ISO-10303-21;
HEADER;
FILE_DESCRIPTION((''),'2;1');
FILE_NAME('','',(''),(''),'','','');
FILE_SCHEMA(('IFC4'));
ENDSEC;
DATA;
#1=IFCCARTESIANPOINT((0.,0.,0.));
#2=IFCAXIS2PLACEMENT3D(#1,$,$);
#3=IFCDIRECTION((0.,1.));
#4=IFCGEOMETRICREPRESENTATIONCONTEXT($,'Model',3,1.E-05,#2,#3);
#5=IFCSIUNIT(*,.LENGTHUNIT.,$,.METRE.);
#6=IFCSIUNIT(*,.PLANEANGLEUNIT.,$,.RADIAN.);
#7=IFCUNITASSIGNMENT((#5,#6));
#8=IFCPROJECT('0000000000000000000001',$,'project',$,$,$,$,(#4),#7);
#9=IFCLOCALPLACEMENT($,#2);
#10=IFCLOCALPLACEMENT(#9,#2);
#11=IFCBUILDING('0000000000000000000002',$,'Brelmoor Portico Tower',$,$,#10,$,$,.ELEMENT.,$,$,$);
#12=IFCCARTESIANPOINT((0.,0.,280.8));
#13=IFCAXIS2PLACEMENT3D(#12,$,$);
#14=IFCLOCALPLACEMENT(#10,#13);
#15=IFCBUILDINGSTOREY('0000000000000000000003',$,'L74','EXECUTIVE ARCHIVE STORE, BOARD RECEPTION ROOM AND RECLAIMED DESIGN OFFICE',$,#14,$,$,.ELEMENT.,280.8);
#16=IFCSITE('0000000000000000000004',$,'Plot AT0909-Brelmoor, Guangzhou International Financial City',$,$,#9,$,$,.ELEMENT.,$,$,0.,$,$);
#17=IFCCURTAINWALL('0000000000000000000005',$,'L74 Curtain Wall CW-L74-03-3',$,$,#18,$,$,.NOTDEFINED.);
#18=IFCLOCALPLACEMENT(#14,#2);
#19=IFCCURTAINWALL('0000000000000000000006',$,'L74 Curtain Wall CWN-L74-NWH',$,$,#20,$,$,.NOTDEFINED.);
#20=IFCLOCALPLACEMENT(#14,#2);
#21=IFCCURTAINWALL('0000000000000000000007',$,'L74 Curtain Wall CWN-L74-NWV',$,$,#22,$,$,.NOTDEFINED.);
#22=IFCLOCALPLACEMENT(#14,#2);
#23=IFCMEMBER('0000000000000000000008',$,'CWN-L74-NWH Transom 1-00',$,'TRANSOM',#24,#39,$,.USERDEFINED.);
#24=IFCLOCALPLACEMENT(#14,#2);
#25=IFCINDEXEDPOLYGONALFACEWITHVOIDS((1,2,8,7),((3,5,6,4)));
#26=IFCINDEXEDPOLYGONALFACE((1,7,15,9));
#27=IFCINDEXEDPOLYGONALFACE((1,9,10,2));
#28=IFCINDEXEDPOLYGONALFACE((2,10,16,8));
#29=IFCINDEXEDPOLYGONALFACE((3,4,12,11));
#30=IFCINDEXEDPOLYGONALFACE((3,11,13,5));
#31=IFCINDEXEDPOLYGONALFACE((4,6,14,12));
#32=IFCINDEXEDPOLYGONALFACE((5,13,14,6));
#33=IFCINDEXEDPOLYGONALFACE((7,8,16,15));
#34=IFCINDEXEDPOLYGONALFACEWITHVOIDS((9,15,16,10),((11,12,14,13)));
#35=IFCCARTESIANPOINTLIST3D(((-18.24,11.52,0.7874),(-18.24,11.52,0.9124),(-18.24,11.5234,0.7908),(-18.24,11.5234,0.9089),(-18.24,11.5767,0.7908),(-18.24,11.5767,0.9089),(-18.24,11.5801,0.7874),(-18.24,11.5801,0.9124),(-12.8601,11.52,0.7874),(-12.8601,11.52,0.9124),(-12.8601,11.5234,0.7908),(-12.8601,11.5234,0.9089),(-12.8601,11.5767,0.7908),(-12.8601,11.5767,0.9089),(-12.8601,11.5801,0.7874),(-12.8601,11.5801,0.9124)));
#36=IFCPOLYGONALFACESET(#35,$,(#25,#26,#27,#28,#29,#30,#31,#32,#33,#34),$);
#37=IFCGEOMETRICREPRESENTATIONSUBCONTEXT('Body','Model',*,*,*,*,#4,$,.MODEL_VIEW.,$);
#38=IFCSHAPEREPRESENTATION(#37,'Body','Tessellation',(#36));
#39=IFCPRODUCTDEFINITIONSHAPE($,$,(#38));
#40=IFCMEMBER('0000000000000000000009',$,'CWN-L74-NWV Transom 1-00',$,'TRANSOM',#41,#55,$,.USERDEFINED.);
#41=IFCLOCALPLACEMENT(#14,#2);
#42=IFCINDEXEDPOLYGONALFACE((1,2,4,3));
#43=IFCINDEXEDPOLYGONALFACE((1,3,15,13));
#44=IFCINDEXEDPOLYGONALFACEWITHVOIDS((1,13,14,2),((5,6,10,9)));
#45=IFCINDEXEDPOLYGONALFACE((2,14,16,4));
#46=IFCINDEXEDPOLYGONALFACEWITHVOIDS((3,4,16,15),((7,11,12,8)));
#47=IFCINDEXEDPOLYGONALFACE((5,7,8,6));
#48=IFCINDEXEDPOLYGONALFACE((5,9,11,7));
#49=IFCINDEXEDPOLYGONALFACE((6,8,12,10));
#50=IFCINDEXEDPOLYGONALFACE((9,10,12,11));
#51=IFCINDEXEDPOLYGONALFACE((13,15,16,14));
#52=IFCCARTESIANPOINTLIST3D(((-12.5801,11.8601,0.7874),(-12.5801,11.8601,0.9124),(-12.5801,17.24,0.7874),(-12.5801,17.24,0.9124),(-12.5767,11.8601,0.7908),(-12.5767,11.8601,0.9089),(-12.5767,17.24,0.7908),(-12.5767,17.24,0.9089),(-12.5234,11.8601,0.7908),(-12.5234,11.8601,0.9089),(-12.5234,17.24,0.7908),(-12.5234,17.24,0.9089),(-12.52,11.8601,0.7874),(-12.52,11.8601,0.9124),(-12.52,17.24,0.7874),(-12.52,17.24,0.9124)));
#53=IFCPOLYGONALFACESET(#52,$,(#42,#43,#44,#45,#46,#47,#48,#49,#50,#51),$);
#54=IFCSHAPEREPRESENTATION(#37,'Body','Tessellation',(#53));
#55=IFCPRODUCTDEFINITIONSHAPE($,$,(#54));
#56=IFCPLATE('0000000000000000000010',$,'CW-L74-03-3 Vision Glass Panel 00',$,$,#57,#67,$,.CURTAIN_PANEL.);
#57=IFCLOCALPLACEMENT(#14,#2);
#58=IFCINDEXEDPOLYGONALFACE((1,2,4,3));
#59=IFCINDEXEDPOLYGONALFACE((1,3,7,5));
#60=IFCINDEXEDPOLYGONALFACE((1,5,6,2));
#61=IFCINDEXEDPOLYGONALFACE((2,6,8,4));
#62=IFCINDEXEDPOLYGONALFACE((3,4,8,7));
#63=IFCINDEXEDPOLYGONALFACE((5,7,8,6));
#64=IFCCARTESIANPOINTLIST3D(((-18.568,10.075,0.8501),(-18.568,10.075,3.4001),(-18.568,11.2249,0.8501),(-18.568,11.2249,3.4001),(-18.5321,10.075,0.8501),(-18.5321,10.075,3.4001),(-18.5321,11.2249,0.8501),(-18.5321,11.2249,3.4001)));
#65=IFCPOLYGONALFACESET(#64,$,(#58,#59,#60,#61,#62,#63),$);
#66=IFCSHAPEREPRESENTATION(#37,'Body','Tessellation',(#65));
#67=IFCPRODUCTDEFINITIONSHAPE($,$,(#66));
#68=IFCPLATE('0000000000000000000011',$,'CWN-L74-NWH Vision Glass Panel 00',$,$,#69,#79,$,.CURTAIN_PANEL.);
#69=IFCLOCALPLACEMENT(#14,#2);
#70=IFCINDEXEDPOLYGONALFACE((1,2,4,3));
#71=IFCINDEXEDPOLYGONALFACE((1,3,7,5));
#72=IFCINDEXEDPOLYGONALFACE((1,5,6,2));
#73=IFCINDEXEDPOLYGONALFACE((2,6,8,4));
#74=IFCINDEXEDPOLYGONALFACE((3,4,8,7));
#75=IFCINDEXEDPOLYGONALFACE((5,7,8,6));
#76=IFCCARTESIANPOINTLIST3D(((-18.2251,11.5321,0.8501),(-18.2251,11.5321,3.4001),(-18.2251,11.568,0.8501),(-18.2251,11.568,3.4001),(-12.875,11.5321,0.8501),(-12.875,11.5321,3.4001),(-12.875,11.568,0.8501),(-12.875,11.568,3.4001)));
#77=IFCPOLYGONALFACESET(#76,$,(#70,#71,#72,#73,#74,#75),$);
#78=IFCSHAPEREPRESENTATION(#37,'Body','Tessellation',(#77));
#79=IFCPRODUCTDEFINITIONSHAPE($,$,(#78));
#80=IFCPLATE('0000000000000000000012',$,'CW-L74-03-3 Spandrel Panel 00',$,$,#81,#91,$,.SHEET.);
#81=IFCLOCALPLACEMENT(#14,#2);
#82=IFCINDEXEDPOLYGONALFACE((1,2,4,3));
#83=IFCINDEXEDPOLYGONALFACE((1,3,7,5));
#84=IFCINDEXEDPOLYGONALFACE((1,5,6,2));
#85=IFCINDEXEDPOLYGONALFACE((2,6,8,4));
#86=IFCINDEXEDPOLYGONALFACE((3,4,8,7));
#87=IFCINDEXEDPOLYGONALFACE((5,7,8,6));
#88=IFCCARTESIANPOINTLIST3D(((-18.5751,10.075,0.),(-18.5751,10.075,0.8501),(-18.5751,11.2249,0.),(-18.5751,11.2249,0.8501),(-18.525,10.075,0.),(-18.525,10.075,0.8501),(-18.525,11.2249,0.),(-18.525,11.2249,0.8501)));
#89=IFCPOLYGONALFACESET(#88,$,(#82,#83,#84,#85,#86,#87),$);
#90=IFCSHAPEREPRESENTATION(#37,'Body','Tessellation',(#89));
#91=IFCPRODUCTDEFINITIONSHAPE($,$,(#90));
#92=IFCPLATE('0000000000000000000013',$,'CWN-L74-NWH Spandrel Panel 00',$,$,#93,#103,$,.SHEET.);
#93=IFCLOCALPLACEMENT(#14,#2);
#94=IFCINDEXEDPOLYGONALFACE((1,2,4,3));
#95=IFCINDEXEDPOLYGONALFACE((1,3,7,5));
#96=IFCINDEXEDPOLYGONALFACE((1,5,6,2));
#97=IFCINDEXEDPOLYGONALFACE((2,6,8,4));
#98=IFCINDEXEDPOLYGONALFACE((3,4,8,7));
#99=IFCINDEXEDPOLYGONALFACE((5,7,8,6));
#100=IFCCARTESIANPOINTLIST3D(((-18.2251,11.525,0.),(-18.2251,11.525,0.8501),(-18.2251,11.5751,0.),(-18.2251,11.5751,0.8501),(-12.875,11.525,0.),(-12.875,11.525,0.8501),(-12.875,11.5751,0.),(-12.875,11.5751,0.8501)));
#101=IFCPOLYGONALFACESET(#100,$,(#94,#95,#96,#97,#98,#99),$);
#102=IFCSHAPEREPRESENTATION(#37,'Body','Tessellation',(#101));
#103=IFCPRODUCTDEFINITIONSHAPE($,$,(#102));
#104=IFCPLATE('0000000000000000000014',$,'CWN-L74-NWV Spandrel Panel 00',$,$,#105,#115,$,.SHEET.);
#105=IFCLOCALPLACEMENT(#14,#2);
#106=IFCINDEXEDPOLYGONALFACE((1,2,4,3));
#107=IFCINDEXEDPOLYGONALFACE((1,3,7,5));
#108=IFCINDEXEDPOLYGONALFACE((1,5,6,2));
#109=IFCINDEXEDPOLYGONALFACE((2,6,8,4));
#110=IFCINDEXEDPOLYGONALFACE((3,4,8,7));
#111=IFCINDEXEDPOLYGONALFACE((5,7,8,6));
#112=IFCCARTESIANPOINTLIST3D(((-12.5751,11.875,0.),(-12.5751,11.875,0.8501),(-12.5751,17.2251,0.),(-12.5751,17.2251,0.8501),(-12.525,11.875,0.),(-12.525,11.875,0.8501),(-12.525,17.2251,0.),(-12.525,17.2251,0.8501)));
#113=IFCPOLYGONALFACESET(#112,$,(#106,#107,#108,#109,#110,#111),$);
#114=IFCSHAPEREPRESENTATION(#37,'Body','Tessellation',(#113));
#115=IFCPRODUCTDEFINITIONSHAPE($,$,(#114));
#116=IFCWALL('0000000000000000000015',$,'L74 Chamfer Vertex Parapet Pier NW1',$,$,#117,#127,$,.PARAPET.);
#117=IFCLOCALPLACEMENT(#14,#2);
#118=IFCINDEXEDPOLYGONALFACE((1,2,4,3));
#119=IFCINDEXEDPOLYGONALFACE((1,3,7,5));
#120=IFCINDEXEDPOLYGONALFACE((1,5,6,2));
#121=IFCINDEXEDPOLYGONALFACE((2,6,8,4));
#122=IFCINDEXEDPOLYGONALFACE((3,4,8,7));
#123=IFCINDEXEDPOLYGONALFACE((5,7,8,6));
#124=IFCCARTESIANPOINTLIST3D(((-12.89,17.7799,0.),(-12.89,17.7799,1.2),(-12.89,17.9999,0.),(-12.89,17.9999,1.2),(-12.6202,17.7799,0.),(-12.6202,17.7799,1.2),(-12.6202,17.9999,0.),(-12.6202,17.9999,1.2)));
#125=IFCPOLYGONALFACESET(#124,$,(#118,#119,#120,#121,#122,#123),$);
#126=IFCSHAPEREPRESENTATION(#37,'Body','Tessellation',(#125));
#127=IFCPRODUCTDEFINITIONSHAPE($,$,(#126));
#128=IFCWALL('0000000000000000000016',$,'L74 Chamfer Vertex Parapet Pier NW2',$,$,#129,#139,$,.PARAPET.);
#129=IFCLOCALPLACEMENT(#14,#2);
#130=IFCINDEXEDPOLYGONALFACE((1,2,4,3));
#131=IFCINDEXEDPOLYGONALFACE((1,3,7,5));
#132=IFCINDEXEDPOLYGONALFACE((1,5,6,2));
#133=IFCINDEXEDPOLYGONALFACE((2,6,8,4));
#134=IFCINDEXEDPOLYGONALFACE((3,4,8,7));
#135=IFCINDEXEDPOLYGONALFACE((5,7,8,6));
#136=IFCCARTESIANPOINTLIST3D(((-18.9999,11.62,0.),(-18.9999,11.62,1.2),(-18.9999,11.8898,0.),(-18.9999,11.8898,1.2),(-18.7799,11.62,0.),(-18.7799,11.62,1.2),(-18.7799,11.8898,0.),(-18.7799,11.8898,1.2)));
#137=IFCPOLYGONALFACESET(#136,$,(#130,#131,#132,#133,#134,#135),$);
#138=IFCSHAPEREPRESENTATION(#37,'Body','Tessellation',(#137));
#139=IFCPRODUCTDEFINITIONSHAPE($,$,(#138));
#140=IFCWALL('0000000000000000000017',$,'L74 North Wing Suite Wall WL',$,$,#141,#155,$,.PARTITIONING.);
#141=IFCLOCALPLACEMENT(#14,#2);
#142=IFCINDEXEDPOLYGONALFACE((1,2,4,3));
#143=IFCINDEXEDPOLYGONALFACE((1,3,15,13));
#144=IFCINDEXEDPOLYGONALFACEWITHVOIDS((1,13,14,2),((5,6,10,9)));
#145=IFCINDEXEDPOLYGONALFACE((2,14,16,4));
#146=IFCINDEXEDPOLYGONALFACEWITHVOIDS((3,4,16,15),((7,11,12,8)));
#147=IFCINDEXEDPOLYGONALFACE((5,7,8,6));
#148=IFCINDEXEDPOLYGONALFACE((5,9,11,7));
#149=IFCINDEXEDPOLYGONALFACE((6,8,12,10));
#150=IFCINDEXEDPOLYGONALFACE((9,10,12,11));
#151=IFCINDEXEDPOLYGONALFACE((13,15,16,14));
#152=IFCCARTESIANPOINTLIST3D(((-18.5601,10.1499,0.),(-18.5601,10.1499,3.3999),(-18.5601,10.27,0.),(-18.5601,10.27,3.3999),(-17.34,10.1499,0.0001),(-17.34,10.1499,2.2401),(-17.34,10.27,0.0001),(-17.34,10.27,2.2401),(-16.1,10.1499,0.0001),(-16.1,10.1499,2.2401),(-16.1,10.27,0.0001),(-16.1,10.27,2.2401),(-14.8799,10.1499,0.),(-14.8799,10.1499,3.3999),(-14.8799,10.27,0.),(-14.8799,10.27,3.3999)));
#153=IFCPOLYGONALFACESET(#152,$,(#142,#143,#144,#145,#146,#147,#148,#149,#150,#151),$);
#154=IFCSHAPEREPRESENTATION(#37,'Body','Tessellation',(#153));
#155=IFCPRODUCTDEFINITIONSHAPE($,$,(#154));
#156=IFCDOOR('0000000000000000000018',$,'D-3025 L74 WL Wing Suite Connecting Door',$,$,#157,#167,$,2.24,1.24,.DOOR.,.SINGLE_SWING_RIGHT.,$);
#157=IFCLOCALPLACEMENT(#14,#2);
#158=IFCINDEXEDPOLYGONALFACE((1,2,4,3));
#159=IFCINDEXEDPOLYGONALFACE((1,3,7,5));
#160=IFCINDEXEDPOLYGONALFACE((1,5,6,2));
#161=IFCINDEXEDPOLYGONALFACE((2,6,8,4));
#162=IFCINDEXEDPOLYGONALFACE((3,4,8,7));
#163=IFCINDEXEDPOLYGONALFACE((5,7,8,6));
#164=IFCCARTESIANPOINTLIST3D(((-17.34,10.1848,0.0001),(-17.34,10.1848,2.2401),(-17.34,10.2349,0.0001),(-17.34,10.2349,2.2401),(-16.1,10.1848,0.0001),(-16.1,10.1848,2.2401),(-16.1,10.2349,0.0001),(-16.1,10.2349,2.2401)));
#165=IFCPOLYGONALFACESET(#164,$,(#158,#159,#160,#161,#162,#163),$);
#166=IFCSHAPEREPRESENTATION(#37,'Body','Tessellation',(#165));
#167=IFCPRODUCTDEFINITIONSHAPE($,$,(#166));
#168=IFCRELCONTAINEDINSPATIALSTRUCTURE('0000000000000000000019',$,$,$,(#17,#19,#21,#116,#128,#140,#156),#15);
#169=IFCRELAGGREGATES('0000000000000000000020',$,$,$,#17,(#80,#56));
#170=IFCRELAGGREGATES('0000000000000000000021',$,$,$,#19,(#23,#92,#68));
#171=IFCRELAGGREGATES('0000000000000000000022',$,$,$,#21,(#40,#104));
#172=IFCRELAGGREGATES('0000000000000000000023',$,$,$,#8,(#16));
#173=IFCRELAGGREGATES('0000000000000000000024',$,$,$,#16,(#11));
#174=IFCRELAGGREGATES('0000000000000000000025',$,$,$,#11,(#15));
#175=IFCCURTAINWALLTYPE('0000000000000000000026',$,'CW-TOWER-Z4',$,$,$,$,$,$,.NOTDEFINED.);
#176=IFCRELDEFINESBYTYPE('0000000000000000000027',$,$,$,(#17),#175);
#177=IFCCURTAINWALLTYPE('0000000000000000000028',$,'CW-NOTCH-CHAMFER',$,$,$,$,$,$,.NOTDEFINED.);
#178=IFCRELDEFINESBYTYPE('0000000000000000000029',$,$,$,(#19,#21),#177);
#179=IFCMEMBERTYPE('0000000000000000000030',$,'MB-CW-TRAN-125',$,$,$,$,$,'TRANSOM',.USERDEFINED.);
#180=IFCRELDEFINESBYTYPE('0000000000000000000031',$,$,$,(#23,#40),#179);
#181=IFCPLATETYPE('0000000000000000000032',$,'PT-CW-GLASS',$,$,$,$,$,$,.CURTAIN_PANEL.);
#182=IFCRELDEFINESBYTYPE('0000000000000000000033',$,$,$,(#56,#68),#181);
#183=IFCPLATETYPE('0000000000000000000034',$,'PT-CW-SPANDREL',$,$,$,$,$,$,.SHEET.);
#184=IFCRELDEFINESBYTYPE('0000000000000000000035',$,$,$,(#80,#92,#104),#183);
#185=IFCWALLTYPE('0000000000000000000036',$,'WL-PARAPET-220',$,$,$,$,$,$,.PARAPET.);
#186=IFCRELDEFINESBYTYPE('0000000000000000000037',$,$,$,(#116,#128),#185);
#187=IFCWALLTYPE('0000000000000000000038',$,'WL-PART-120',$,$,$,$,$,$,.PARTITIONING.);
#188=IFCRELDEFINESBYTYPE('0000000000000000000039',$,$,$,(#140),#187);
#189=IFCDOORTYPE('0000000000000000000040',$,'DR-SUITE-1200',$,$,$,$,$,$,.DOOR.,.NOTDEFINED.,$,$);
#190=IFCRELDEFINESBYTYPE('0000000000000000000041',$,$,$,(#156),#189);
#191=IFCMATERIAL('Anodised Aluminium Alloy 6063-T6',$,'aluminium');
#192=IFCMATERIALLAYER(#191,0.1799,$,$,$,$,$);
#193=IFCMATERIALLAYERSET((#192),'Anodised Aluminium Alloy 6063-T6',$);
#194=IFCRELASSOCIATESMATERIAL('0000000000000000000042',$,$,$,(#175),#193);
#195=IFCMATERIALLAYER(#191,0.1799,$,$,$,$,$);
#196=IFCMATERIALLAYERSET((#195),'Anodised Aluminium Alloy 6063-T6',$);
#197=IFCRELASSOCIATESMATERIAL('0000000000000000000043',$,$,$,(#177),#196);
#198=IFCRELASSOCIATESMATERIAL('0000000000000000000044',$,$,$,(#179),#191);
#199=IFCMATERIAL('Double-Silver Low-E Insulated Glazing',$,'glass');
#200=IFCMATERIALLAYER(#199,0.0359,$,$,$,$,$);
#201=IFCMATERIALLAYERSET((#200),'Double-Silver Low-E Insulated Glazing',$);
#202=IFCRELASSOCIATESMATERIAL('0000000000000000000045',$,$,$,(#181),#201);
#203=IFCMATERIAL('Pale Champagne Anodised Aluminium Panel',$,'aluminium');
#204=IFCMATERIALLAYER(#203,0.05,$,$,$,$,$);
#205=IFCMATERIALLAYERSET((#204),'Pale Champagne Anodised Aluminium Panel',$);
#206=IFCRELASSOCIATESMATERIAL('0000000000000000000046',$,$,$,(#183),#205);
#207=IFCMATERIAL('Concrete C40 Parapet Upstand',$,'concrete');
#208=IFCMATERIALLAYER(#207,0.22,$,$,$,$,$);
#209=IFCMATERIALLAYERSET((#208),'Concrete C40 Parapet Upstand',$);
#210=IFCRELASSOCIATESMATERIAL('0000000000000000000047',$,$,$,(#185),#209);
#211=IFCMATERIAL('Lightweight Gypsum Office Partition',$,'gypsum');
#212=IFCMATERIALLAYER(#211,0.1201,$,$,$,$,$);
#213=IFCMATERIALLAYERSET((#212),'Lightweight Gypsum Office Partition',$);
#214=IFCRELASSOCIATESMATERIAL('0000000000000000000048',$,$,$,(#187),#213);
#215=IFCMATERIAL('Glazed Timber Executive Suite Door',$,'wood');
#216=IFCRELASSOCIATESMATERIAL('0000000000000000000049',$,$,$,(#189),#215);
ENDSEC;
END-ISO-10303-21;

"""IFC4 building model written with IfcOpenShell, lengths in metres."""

from ifc_helpers import new_model, si_unit, direction, frame, frame_2d, origin, origin_2d, place, context, subcontext, project, spatial, rectangle, hollow_rectangle, extrude, material, layer, layer_set, material_profile, profile_set, type_object, element, fill, aggregate, save


model = new_model("IFC4")

# Units and contexts
model_context = context("Model", 3, precision=1e-05, world=origin(), true_north=direction((0.0, 1.0)))
body_context = subcontext(model_context, "Body", "Model", "MODEL_VIEW")
ifc_project = project(units=[si_unit("LENGTHUNIT", "METRE"), si_unit("PLANEANGLEUNIT", "RADIAN")], contexts=[model_context])

# Site, building, storey
site_placement = place(None, origin())
site = spatial("IfcSite", under=ifc_project, at=site_placement, Name="Plot AT0909-Brelmoor, Guangzhou International Financial City", CompositionType="ELEMENT", RefElevation=0.0)
building_placement = place(site_placement, origin())
building = spatial("IfcBuilding", under=site, at=building_placement, Name="Brelmoor Portico Tower", CompositionType="ELEMENT")
storey_placement = place(building_placement, frame((0.0, 0.0, 280.8)))
storey = spatial("IfcBuildingStorey", under=building, at=storey_placement, Name="L74", Description="EXECUTIVE ARCHIVE STORE, BOARD RECEPTION ROOM AND RECLAIMED DESIGN OFFICE", CompositionType="ELEMENT", Elevation=280.8)

# Curtain walls
ifc_material_1 = material(Name="Anodised Aluminium Alloy 6063-T6", Category="aluminium")
ifc_layer_1 = layer(ifc_material_1, 0.1799)
ifc_layer_set_1 = layer_set([ifc_layer_1], Name="Anodised Aluminium Alloy 6063-T6")
curtain_wall_type_1 = type_object("IfcCurtainWallType", Name="CW-TOWER-Z4", PredefinedType="NOTDEFINED", material=ifc_layer_set_1)
curtain_wall_1_placement = place(storey_placement, origin())
curtain_wall_1 = element("IfcCurtainWall", 1, at=curtain_wall_1_placement, inside=storey, type_object=curtain_wall_type_1, Name="L74 Curtain Wall CW-L74-03-3", PredefinedType="NOTDEFINED")
ifc_layer_2 = layer(ifc_material_1, 0.1799)
ifc_layer_set_2 = layer_set([ifc_layer_2], Name="Anodised Aluminium Alloy 6063-T6")
curtain_wall_type_2 = type_object("IfcCurtainWallType", Name="CW-NOTCH-CHAMFER", PredefinedType="NOTDEFINED", material=ifc_layer_set_2)
curtain_wall_2_placement = place(storey_placement, origin())
curtain_wall_2 = element("IfcCurtainWall", 2, at=curtain_wall_2_placement, inside=storey, type_object=curtain_wall_type_2, Name="L74 Curtain Wall CWN-L74-NWH", PredefinedType="NOTDEFINED")

# Curtain wall
curtain_wall_3_placement = place(storey_placement, origin())
curtain_wall_3 = element("IfcCurtainWall", 3, at=curtain_wall_3_placement, inside=storey, type_object=curtain_wall_type_2, Name="L74 Curtain Wall CWN-L74-NWV", PredefinedType="NOTDEFINED")

# Members
ifc_material_profile_1 = material_profile(ifc_material_1, hollow_rectangle(XDim=0.0601, YDim=0.125, WallThickness=0.0034, at=origin_2d()), Name="ALU TRANSOM 60x125")
ifc_profile_set_1 = profile_set([ifc_material_profile_1], Name="Anodised Aluminium Alloy 6063-T6")
member_type_1 = type_object("IfcMemberType", Name="MB-CW-TRAN-125", ElementType="TRANSOM", PredefinedType="USERDEFINED", material=ifc_profile_set_1)
member_1_placement = place(storey_placement, frame((-18.24, 11.55, 0.8499), z_axis=(1.0, 0.0, 0.0), x_axis=(0.0, 1.0, 0.0)))
member_1 = element("IfcMember", 4, at=member_1_placement, type_object=member_type_1, Name="CWN-L74-NWH Transom 1-00", ObjectType="TRANSOM", PredefinedType="USERDEFINED", context=body_context, shape_type="SweptSolid", body=[
    extrude(hollow_rectangle(XDim=0.0601, YDim=0.125, WallThickness=0.0034, at=origin_2d()), origin(), (0.0, 0.0, 1.0), 5.3799),
])
member_2_placement = place(storey_placement, frame((-12.55, 11.8601, 0.8499), z_axis=(0.0, 1.0, 0.0), x_axis=(-1.0, 0.0, 0.0)))
member_2 = element("IfcMember", 5, at=member_2_placement, type_object=member_type_1, Name="CWN-L74-NWV Transom 1-00", ObjectType="TRANSOM", PredefinedType="USERDEFINED", context=body_context, shape_type="SweptSolid", body=[
    extrude(hollow_rectangle(XDim=0.0601, YDim=0.125, WallThickness=0.0034, at=origin_2d()), origin(), (0.0, 0.0, 1.0), 5.3799),
])

# Plates
ifc_material_2 = material(Name="Double-Silver Low-E Insulated Glazing", Category="glass")
ifc_layer_3 = layer(ifc_material_2, 0.0359)
ifc_layer_set_3 = layer_set([ifc_layer_3], Name="Double-Silver Low-E Insulated Glazing")
plate_type_1 = type_object("IfcPlateType", Name="PT-CW-GLASS", PredefinedType="CURTAIN_PANEL", material=ifc_layer_set_3)
plate_1_placement = place(storey_placement, frame((-18.55, 10.6499, 0.8501), z_axis=(0.0, 0.0, 1.0), x_axis=(0.0, 1.0, 0.0)))
plate_1 = element("IfcPlate", 6, at=plate_1_placement, type_object=plate_type_1, Name="CW-L74-03-3 Vision Glass Panel 00", PredefinedType="CURTAIN_PANEL", context=body_context, shape_type="SweptSolid", body=[
    extrude(rectangle(XDim=1.1499, YDim=0.0359, at=origin_2d()), origin(), (0.0, 0.0, 1.0), 2.55),
])
plate_2_placement = place(storey_placement, frame((-15.55, 11.55, 0.8501), z_axis=(0.0, 0.0, 1.0), x_axis=(1.0, 0.0, 0.0)))
plate_2 = element("IfcPlate", 7, at=plate_2_placement, type_object=plate_type_1, Name="CWN-L74-NWH Vision Glass Panel 00", PredefinedType="CURTAIN_PANEL", context=body_context, shape_type="SweptSolid", body=[
    extrude(rectangle(XDim=5.3501, YDim=0.0359, at=origin_2d()), origin(), (0.0, 0.0, 1.0), 2.55),
])
ifc_material_3 = material(Name="Pale Champagne Anodised Aluminium Panel", Category="aluminium")
ifc_layer_4 = layer(ifc_material_3, 0.05)
ifc_layer_set_4 = layer_set([ifc_layer_4], Name="Pale Champagne Anodised Aluminium Panel")
plate_type_2 = type_object("IfcPlateType", Name="PT-CW-SPANDREL", PredefinedType="SHEET", material=ifc_layer_set_4)
plate_3_placement = place(storey_placement, frame((-18.55, 10.6499, 0.0), z_axis=(0.0, 0.0, 1.0), x_axis=(0.0, 1.0, 0.0)))
plate_3 = element("IfcPlate", 8, at=plate_3_placement, type_object=plate_type_2, Name="CW-L74-03-3 Spandrel Panel 00", PredefinedType="SHEET", context=body_context, shape_type="SweptSolid", body=[
    extrude(rectangle(XDim=1.1499, YDim=0.05, at=origin_2d()), origin(), (0.0, 0.0, 1.0), 0.8501),
])
aggregate(curtain_wall_1, [plate_3, plate_1])
plate_4_placement = place(storey_placement, frame((-15.55, 11.55, 0.0), z_axis=(0.0, 0.0, 1.0), x_axis=(1.0, 0.0, 0.0)))
plate_4 = element("IfcPlate", 9, at=plate_4_placement, type_object=plate_type_2, Name="CWN-L74-NWH Spandrel Panel 00", PredefinedType="SHEET", context=body_context, shape_type="SweptSolid", body=[
    extrude(rectangle(XDim=5.3501, YDim=0.05, at=origin_2d()), origin(), (0.0, 0.0, 1.0), 0.8501),
])
aggregate(curtain_wall_2, [member_1, plate_4, plate_2])
plate_5_placement = place(storey_placement, frame((-12.55, 14.55, 0.0), z_axis=(0.0, 0.0, 1.0), x_axis=(0.0, 1.0, 0.0)))
plate_5 = element("IfcPlate", 10, at=plate_5_placement, type_object=plate_type_2, Name="CWN-L74-NWV Spandrel Panel 00", PredefinedType="SHEET", context=body_context, shape_type="SweptSolid", body=[
    extrude(rectangle(XDim=5.3501, YDim=0.05, at=origin_2d()), origin(), (0.0, 0.0, 1.0), 0.8501),
])
aggregate(curtain_wall_3, [member_2, plate_5])

# Walls
ifc_material_4 = material(Name="Concrete C40 Parapet Upstand", Category="concrete")
ifc_layer_5 = layer(ifc_material_4, 0.22)
ifc_layer_set_5 = layer_set([ifc_layer_5], Name="Concrete C40 Parapet Upstand")
wall_type_1 = type_object("IfcWallType", Name="WL-PARAPET-220", PredefinedType="PARAPET", material=ifc_layer_set_5)
for number, where, z_axis, x_axis, name in (
    (11, (-12.8899, 17.8899, 0.0), (0.0, 0.0, 1.0), (1.0, 0.0, 0.0), "L74 Chamfer Vertex Parapet Pier NW1"),
    (12, (-18.8899, 11.6201, 0.0), (0.0, 0.0, 1.0), (0.0, 1.0, 0.0), "L74 Chamfer Vertex Parapet Pier NW2"),
):
    element("IfcWall", number, at=place(storey_placement, frame(where, z_axis=z_axis, x_axis=x_axis)), inside=storey, type_object=wall_type_1, Name=name, PredefinedType="PARAPET", context=body_context, shape_type="SweptSolid", body=[
        extrude(rectangle(XDim=0.2698, YDim=0.22, at=frame_2d((0.1348, 0.0))), origin(), (0.0, 0.0, 1.0), 1.2),
    ])

# Wall, opening, door
ifc_material_5 = material(Name="Lightweight Gypsum Office Partition", Category="gypsum")
ifc_layer_6 = layer(ifc_material_5, 0.1201)
ifc_layer_set_6 = layer_set([ifc_layer_6], Name="Lightweight Gypsum Office Partition")
wall_type_2 = type_object("IfcWallType", Name="WL-PART-120", PredefinedType="PARTITIONING", material=ifc_layer_set_6)
wall_placement = place(storey_placement, frame((-18.5601, 10.21, 0.0), z_axis=(0.0, 0.0, 1.0), x_axis=(1.0, 0.0, 0.0)))
wall = element("IfcWall", 13, at=wall_placement, inside=storey, type_object=wall_type_2, Name="L74 North Wing Suite Wall WL", PredefinedType="PARTITIONING", context=body_context, shape_type="SweptSolid", body=[
    extrude(rectangle(XDim=3.6802, YDim=0.1201, at=frame_2d((1.8401, 0.0))), origin(), (0.0, 0.0, 1.0), 3.3999),
])
opening_placement = place(wall_placement, frame((1.22, 0.0, 0.0)))
opening = element("IfcOpeningElement", 14, at=opening_placement, cuts=wall, PredefinedType="OPENING", context=body_context, shape_type="SweptSolid", body=[
    extrude(rectangle(XDim=1.24, YDim=2.24, at=frame_2d((0.6201, 1.1201))), frame((0.0, 0.0701, 0.0), z_axis=(0.0, -1.0, 0.0), x_axis=(1.0, 0.0, 0.0)), (0.0, 0.0, 1.0), 0.1401),
])
ifc_material_6 = material(Name="Glazed Timber Executive Suite Door", Category="wood")
door_type = type_object("IfcDoorType", Name="DR-SUITE-1200", OperationType="NOTDEFINED", PredefinedType="DOOR", material=ifc_material_6)
door_placement = place(opening_placement, origin())
door = element("IfcDoor", 15, at=door_placement, inside=storey, type_object=door_type, Name="D-3025 L74 WL Wing Suite Connecting Door", OperationType="SINGLE_SWING_RIGHT", OverallHeight=2.24, OverallWidth=1.24, PredefinedType="DOOR", context=body_context, shape_type="SweptSolid", body=[
    extrude(rectangle(XDim=1.24, YDim=2.24, at=frame_2d((0.6201, 1.1201))), frame((0.0, 0.0249, 0.0), z_axis=(0.0, -1.0, 0.0), x_axis=(1.0, 0.0, 0.0)), (0.0, 0.0, 1.0), 0.05),
])
fill(opening, door)

save(model, "model.ifc")
